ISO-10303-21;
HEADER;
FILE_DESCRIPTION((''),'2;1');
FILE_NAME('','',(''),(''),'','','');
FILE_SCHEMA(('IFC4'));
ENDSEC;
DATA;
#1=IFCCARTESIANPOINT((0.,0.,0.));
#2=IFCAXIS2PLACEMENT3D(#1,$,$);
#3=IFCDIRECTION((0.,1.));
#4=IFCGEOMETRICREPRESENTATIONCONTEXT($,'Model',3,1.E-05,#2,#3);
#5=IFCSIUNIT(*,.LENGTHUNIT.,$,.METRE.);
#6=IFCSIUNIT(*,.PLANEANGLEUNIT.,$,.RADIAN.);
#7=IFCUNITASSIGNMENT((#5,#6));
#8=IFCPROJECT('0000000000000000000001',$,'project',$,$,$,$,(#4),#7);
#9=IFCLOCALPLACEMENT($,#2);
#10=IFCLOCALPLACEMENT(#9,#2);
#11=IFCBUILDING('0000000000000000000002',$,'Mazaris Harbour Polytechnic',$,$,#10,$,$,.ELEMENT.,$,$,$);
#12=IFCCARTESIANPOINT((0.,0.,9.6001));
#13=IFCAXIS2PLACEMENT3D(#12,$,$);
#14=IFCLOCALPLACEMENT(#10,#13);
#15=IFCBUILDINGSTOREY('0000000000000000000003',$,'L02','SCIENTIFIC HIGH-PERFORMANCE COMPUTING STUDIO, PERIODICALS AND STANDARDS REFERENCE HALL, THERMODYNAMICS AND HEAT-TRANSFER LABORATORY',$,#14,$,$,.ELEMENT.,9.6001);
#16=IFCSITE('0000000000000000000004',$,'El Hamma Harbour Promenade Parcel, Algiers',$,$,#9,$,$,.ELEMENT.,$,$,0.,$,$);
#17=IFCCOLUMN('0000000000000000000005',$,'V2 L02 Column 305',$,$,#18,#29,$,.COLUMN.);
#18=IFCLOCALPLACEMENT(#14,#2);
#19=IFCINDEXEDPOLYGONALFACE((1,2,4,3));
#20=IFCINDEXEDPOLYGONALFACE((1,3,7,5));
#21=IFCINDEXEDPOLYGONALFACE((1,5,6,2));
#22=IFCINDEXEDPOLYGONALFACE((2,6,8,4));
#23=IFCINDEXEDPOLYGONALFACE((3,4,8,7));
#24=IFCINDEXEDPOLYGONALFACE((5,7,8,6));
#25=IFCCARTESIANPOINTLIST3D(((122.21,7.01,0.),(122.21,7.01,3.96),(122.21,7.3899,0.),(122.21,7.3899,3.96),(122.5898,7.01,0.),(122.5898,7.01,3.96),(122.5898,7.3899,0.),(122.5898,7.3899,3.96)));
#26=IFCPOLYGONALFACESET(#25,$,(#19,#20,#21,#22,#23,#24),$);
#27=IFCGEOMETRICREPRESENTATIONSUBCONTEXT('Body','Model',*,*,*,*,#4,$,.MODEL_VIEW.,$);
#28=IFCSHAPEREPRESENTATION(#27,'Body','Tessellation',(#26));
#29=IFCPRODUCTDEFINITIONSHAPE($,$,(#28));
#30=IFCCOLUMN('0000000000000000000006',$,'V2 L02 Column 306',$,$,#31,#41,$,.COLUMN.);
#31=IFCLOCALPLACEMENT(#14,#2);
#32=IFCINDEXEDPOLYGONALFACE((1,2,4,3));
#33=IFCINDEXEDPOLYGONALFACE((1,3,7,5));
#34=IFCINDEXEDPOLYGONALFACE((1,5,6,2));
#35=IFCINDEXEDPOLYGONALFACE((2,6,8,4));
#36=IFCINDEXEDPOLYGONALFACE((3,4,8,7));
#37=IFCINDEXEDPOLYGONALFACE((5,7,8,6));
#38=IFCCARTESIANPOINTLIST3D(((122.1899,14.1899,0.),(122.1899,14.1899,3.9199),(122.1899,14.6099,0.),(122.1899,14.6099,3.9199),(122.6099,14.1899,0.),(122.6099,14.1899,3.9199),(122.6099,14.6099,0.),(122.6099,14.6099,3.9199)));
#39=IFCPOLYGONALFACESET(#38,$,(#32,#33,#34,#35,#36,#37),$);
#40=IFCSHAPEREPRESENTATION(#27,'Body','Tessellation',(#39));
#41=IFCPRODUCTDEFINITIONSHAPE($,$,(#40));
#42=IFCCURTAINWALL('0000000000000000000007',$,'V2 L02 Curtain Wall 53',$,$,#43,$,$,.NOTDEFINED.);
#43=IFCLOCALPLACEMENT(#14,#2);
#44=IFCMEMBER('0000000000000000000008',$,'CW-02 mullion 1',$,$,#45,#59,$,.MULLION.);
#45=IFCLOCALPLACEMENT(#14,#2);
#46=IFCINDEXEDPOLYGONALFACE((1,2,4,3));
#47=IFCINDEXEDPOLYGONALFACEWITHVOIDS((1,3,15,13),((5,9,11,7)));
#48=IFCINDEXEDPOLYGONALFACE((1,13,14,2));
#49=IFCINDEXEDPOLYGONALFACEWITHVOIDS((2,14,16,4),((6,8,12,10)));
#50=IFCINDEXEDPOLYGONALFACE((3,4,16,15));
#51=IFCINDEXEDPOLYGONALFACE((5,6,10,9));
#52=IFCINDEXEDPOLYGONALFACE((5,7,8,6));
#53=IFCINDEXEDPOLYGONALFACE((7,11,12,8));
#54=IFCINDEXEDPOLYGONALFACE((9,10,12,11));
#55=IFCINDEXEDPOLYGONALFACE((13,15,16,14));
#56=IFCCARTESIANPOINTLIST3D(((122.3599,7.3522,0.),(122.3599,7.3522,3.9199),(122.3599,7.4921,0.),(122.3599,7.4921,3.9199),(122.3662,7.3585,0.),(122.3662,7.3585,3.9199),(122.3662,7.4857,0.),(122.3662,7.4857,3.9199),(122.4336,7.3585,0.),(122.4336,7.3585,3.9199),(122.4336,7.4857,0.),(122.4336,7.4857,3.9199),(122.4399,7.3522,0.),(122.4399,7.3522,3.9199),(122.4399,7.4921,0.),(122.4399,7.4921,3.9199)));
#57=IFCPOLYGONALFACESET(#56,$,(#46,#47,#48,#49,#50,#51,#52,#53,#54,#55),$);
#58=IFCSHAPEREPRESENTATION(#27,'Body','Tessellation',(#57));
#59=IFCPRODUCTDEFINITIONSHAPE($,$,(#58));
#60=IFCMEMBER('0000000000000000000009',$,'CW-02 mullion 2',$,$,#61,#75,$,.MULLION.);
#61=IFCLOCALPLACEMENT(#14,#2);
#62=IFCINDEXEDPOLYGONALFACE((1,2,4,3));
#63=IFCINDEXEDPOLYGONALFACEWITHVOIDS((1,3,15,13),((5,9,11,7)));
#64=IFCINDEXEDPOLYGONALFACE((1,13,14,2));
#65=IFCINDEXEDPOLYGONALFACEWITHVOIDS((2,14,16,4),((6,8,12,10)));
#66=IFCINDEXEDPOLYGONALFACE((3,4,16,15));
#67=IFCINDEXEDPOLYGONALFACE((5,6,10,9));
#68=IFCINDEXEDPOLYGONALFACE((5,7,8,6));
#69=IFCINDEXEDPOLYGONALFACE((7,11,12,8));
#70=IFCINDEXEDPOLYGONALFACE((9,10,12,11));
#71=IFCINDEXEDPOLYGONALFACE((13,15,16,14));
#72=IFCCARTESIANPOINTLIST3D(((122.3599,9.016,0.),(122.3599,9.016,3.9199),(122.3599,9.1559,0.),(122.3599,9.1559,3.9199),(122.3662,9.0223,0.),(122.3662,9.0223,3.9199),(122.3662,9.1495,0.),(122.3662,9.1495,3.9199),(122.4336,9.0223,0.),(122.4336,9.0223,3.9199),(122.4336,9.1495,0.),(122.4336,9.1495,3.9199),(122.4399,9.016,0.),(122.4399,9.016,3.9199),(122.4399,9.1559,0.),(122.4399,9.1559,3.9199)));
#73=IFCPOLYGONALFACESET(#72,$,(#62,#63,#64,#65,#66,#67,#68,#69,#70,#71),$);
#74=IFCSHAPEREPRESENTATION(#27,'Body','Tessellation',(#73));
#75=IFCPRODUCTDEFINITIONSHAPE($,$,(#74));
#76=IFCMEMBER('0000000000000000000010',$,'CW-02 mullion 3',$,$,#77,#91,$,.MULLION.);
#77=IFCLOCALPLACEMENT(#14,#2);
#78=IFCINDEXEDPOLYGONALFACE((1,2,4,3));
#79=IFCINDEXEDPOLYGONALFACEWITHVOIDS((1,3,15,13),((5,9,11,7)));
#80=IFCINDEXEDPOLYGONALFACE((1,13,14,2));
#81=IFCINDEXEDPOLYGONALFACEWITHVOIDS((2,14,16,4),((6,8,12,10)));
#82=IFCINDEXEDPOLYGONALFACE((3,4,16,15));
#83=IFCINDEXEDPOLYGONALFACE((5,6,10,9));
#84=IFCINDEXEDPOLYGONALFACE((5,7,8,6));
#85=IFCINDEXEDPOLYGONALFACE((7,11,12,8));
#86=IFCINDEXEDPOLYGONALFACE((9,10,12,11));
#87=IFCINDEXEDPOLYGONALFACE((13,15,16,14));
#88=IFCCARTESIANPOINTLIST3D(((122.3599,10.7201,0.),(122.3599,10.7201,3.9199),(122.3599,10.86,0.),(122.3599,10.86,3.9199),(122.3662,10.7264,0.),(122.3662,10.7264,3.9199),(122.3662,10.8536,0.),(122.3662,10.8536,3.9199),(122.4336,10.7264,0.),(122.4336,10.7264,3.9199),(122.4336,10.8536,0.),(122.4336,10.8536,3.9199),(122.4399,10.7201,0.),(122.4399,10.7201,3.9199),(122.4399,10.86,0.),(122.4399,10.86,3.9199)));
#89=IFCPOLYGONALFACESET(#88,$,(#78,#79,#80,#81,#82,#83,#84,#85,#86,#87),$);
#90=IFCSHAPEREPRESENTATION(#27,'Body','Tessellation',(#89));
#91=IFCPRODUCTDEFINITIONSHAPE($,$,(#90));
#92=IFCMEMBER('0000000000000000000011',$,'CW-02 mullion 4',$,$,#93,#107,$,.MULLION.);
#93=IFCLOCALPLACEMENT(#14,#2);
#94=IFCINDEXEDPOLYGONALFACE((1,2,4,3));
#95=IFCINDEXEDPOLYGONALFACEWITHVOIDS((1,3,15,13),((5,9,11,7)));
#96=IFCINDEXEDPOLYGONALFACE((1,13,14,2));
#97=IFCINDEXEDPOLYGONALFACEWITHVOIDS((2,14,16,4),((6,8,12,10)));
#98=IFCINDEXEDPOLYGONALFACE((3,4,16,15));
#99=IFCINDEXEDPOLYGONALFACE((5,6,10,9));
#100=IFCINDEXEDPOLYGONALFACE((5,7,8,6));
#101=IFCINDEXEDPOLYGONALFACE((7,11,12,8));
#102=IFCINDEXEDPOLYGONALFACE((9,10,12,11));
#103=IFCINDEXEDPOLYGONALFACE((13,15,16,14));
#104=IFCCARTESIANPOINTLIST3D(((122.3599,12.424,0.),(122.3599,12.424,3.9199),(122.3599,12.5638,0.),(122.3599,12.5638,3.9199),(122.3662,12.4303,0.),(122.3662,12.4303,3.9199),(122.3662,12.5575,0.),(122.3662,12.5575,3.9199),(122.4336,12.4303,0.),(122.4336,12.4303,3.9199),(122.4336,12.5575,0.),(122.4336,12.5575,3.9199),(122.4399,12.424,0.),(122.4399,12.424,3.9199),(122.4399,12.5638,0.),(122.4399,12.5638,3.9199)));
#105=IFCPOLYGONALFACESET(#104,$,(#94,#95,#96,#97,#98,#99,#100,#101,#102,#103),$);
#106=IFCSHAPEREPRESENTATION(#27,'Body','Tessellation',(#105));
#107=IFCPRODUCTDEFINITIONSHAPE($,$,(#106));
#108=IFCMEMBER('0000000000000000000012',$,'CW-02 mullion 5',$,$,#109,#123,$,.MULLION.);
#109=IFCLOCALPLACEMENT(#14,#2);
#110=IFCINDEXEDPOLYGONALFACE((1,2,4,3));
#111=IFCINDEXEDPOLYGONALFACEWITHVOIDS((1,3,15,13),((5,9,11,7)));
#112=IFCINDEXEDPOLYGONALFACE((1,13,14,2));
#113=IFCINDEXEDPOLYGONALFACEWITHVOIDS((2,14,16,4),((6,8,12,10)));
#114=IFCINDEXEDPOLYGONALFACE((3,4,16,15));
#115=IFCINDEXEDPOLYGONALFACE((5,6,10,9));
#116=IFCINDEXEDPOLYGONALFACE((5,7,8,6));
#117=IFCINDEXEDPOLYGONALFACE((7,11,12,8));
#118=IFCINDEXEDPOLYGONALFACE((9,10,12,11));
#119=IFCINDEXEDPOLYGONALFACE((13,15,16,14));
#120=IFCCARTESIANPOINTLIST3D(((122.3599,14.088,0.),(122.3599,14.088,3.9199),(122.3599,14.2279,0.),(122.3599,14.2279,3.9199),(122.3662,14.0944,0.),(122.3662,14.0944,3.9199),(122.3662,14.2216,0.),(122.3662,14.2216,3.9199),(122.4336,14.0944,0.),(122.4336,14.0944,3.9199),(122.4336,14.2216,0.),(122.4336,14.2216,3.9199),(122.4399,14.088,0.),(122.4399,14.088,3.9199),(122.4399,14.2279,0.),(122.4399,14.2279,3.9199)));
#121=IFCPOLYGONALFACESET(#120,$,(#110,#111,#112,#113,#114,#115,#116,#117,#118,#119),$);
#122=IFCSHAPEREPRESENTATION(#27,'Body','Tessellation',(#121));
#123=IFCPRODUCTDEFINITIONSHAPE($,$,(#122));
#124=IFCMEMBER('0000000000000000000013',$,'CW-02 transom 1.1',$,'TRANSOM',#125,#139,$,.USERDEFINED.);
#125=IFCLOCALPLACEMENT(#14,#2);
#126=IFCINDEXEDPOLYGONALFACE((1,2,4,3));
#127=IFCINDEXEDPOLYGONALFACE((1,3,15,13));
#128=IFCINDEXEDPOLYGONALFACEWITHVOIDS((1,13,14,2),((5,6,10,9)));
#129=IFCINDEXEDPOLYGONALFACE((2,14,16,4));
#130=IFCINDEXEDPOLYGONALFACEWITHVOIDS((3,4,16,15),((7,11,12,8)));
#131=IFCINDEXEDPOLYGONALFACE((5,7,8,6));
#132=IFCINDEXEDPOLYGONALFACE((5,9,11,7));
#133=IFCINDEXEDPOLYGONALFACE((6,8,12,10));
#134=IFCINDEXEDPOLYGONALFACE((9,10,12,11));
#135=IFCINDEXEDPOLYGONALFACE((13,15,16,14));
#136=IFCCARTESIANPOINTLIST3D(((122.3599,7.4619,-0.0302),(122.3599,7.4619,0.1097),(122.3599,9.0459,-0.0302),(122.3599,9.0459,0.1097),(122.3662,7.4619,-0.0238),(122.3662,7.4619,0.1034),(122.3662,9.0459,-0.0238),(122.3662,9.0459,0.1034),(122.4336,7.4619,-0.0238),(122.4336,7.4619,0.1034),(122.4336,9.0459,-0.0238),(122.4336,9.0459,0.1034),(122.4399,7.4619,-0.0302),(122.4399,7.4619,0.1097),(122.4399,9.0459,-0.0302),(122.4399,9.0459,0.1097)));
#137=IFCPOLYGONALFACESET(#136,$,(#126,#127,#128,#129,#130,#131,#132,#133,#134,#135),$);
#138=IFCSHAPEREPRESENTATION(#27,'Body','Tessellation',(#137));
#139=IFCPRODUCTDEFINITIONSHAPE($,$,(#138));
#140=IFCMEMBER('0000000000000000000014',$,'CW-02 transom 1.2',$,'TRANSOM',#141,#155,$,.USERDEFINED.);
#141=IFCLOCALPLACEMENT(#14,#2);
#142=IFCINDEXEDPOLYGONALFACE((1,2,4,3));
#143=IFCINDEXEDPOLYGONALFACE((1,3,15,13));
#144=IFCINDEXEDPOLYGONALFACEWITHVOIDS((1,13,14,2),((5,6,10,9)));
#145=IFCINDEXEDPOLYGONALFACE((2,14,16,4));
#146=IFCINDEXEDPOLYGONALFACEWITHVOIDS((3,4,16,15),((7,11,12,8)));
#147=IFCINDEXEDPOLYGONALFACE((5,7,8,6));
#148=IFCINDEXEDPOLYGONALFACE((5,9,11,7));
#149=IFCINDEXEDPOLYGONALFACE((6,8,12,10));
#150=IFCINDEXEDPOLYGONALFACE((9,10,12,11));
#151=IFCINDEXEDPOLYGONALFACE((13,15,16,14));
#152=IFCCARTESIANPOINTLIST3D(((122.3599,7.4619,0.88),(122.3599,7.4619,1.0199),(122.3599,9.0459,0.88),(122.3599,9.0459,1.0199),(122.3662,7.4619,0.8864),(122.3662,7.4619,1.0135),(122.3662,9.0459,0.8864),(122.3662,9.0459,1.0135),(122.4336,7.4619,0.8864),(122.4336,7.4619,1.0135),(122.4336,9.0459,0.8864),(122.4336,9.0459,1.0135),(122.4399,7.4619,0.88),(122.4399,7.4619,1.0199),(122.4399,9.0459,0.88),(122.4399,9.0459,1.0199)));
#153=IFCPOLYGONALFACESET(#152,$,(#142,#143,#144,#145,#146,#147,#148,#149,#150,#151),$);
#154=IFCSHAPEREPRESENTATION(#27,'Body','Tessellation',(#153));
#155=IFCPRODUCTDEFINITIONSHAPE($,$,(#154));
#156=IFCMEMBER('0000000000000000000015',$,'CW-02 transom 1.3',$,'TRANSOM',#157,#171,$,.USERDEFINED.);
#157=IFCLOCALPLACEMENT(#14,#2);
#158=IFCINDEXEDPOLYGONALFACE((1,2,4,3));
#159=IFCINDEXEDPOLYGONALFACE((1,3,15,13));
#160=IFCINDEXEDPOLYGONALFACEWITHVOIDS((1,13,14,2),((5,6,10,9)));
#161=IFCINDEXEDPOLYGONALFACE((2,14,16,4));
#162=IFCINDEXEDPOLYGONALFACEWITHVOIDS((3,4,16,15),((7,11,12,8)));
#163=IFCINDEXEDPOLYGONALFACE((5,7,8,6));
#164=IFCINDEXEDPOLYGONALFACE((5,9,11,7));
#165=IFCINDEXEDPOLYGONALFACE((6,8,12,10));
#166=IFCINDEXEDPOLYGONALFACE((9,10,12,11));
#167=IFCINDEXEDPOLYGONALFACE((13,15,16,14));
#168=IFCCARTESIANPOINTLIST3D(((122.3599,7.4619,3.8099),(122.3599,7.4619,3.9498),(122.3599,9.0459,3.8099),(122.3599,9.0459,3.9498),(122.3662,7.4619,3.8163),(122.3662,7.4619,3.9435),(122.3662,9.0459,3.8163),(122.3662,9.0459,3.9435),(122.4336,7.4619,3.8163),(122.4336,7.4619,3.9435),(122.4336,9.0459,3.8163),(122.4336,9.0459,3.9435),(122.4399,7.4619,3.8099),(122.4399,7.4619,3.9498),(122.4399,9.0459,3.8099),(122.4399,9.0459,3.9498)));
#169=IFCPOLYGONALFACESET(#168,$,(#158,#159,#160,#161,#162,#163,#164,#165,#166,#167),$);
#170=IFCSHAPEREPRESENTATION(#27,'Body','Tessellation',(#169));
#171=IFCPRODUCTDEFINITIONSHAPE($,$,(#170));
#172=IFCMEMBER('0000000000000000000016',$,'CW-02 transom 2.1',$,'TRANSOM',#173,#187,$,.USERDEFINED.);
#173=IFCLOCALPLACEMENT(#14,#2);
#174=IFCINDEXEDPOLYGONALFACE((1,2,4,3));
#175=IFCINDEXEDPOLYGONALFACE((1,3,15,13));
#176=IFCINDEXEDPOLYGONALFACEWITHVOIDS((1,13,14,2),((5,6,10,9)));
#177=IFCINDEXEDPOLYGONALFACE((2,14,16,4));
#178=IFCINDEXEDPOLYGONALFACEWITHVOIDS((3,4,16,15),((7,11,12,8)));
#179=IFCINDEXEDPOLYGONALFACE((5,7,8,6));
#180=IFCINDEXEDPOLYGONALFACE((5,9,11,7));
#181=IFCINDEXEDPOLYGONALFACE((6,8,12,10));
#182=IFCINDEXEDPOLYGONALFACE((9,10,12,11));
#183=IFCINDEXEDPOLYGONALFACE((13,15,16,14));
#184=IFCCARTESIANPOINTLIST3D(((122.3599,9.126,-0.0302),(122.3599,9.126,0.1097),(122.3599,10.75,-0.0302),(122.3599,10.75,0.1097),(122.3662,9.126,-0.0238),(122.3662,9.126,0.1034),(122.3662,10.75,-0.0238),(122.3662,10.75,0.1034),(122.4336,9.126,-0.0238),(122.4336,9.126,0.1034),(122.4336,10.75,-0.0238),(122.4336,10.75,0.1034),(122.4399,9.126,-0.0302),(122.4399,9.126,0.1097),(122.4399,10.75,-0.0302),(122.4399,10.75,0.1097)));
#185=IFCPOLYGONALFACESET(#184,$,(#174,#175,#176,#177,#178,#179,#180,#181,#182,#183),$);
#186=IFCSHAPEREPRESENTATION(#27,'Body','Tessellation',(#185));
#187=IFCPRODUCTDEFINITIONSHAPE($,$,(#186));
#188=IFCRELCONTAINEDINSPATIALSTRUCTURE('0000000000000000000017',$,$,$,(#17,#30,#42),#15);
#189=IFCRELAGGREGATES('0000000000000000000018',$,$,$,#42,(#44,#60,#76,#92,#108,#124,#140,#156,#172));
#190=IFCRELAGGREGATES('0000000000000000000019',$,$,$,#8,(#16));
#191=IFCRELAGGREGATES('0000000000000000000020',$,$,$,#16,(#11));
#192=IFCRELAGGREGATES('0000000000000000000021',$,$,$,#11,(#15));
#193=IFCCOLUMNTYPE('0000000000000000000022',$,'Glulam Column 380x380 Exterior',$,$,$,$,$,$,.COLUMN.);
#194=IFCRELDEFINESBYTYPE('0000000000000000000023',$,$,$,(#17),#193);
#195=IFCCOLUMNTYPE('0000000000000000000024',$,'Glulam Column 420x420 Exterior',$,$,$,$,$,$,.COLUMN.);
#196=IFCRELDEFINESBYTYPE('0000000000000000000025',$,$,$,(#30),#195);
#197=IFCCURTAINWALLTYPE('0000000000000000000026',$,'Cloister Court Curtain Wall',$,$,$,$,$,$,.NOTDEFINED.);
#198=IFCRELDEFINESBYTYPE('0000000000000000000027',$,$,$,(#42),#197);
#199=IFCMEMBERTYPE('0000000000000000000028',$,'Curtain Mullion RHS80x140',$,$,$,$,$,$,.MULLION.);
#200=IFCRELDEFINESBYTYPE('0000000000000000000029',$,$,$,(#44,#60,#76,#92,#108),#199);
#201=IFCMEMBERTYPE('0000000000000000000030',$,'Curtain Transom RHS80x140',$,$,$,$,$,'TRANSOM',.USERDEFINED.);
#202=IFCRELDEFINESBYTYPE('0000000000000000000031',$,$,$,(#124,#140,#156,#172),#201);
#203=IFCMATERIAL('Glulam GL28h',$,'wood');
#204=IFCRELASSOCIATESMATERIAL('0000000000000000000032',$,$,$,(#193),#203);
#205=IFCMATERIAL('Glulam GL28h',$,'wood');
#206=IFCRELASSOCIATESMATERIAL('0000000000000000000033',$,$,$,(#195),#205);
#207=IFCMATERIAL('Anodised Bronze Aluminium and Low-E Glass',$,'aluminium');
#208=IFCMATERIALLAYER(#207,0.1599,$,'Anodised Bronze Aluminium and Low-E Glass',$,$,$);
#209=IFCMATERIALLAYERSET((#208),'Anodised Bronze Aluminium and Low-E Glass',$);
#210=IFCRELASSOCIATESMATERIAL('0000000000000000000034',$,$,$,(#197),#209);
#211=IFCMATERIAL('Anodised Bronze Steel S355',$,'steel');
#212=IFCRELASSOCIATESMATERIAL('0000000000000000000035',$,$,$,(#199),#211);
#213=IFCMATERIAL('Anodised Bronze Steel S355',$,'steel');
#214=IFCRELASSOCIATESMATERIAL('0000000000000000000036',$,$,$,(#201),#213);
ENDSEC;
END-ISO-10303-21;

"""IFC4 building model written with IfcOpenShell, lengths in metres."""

from ifc_helpers import new_model, si_unit, direction, frame, origin, origin_2d, place, context, subcontext, project, spatial, rectangle, hollow_rectangle, extrude, material, layer, layer_set, material_profile, profile_set, type_object, element, aggregate, save


model = new_model("IFC4")

# Units and contexts
model_context = context("Model", 3, precision=1e-05, world=origin(), true_north=direction((0.0, 1.0)))
body_context = subcontext(model_context, "Body", "Model", "MODEL_VIEW")
ifc_project = project(units=[si_unit("LENGTHUNIT", "METRE"), si_unit("PLANEANGLEUNIT", "RADIAN")], contexts=[model_context])

# Site, building, storey
site_placement = place(None, origin())
site = spatial("IfcSite", under=ifc_project, at=site_placement, Name="El Hamma Harbour Promenade Parcel, Algiers", CompositionType="ELEMENT", RefElevation=0.0)
building_placement = place(site_placement, origin())
building = spatial("IfcBuilding", under=site, at=building_placement, Name="Mazaris Harbour Polytechnic", CompositionType="ELEMENT")
storey_placement = place(building_placement, frame((0.0, 0.0, 9.6001)))
storey = spatial("IfcBuildingStorey", under=building, at=storey_placement, Name="L02", Description="SCIENTIFIC HIGH-PERFORMANCE COMPUTING STUDIO, PERIODICALS AND STANDARDS REFERENCE HALL, THERMODYNAMICS AND HEAT-TRANSFER LABORATORY", CompositionType="ELEMENT", Elevation=9.6001)

# Columns
ifc_material_1 = material(Name="Glulam GL28h", Category="wood")
ifc_material_profile_1 = material_profile(ifc_material_1, rectangle(XDim=0.3799, YDim=0.3799, at=origin_2d()), Name="RECT380x380")
ifc_profile_set_1 = profile_set([ifc_material_profile_1], Name="Glulam GL28h")
column_type_1 = type_object("IfcColumnType", Name="Glulam Column 380x380 Exterior", PredefinedType="COLUMN", material=ifc_profile_set_1)
column_1_placement = place(storey_placement, frame((122.3999, 7.2, 0.0), z_axis=(0.0, 0.0, 1.0), x_axis=(1.0, 0.0, 0.0)))
element("IfcColumn", 1, at=column_1_placement, inside=storey, type_object=column_type_1, Name="V2 L02 Column 305", PredefinedType="COLUMN", context=body_context, shape_type="SweptSolid", body=[
    extrude(rectangle(XDim=0.3799, YDim=0.3799, at=origin_2d()), origin(), (0.0, 0.0, 1.0), 3.96),
])
ifc_material_2 = material(Name="Glulam GL28h", Category="wood")
ifc_material_profile_2 = material_profile(ifc_material_2, rectangle(XDim=0.4199, YDim=0.4199, at=origin_2d()), Name="RECT420x420")
ifc_profile_set_2 = profile_set([ifc_material_profile_2], Name="Glulam GL28h")
column_type_2 = type_object("IfcColumnType", Name="Glulam Column 420x420 Exterior", PredefinedType="COLUMN", material=ifc_profile_set_2)
column_2_placement = place(storey_placement, frame((122.3999, 14.3999, 0.0), z_axis=(0.0, 0.0, 1.0), x_axis=(1.0, 0.0, 0.0)))
element("IfcColumn", 2, at=column_2_placement, inside=storey, type_object=column_type_2, Name="V2 L02 Column 306", PredefinedType="COLUMN", context=body_context, shape_type="SweptSolid", body=[
    extrude(rectangle(XDim=0.4199, YDim=0.4199, at=origin_2d()), origin(), (0.0, 0.0, 1.0), 3.9199),
])

# Curtain wall, members
ifc_material_3 = material(Name="Anodised Bronze Aluminium and Low-E Glass", Category="aluminium")
ifc_layer_1 = layer(ifc_material_3, 0.1599, Name="Anodised Bronze Aluminium and Low-E Glass")
ifc_layer_set_1 = layer_set([ifc_layer_1], Name="Anodised Bronze Aluminium and Low-E Glass")
curtain_wall_type = type_object("IfcCurtainWallType", Name="Cloister Court Curtain Wall", PredefinedType="NOTDEFINED", material=ifc_layer_set_1)
curtain_wall_placement = place(storey_placement, origin())
curtain_wall = element("IfcCurtainWall", 3, at=curtain_wall_placement, inside=storey, type_object=curtain_wall_type, Name="V2 L02 Curtain Wall 53", PredefinedType="NOTDEFINED")
ifc_material_4 = material(Name="Anodised Bronze Steel S355", Category="steel")
ifc_material_profile_3 = material_profile(ifc_material_4, hollow_rectangle(XDim=0.0801, YDim=0.1399, WallThickness=0.0063, at=origin_2d()), Name="RHS 80x140x6.3")
ifc_profile_set_3 = profile_set([ifc_material_profile_3], Name="Anodised Bronze Steel S355")
member_type_1 = type_object("IfcMemberType", Name="Curtain Mullion RHS80x140", PredefinedType="MULLION", material=ifc_profile_set_3)
member_1_placement = place(storey_placement, frame((122.3999, 7.4221, 0.0), z_axis=(0.0, 0.0, 1.0), x_axis=(-1.0, 0.0, 0.0)))
member_1 = element("IfcMember", 4, at=member_1_placement, type_object=member_type_1, Name="CW-02 mullion 1", PredefinedType="MULLION", context=body_context, shape_type="SweptSolid", body=[
    extrude(hollow_rectangle(XDim=0.0801, YDim=0.1399, WallThickness=0.0063, at=origin_2d()), origin(), (0.0, 0.0, 1.0), 3.9199),
])
member_2_placement = place(storey_placement, frame((122.3999, 9.0859, 0.0), z_axis=(0.0, 0.0, 1.0), x_axis=(-1.0, 0.0, 0.0)))
member_2 = element("IfcMember", 5, at=member_2_placement, type_object=member_type_1, Name="CW-02 mullion 2", PredefinedType="MULLION", context=body_context, shape_type="SweptSolid", body=[
    extrude(hollow_rectangle(XDim=0.0801, YDim=0.1399, WallThickness=0.0063, at=origin_2d()), origin(), (0.0, 0.0, 1.0), 3.9199),
])
member_3_placement = place(storey_placement, frame((122.3999, 10.79, 0.0), z_axis=(0.0, 0.0, 1.0), x_axis=(-1.0, 0.0, 0.0)))
member_3 = element("IfcMember", 6, at=member_3_placement, type_object=member_type_1, Name="CW-02 mullion 3", PredefinedType="MULLION", context=body_context, shape_type="SweptSolid", body=[
    extrude(hollow_rectangle(XDim=0.0801, YDim=0.1399, WallThickness=0.0063, at=origin_2d()), origin(), (0.0, 0.0, 1.0), 3.9199),
])
member_4_placement = place(storey_placement, frame((122.3999, 12.4939, 0.0), z_axis=(0.0, 0.0, 1.0), x_axis=(-1.0, 0.0, 0.0)))
member_4 = element("IfcMember", 7, at=member_4_placement, type_object=member_type_1, Name="CW-02 mullion 4", PredefinedType="MULLION", context=body_context, shape_type="SweptSolid", body=[
    extrude(hollow_rectangle(XDim=0.0801, YDim=0.1399, WallThickness=0.0063, at=origin_2d()), origin(), (0.0, 0.0, 1.0), 3.9199),
])
member_5_placement = place(storey_placement, frame((122.3999, 14.158, 0.0), z_axis=(0.0, 0.0, 1.0), x_axis=(-1.0, 0.0, 0.0)))
member_5 = element("IfcMember", 8, at=member_5_placement, type_object=member_type_1, Name="CW-02 mullion 5", PredefinedType="MULLION", context=body_context, shape_type="SweptSolid", body=[
    extrude(hollow_rectangle(XDim=0.0801, YDim=0.1399, WallThickness=0.0063, at=origin_2d()), origin(), (0.0, 0.0, 1.0), 3.9199),
])
ifc_material_5 = material(Name="Anodised Bronze Steel S355", Category="steel")
ifc_material_profile_4 = material_profile(ifc_material_5, hollow_rectangle(XDim=0.0801, YDim=0.1399, WallThickness=0.0063, at=origin_2d()), Name="RHS 80x140x6.3")
ifc_profile_set_4 = profile_set([ifc_material_profile_4], Name="Anodised Bronze Steel S355")
member_type_2 = type_object("IfcMemberType", Name="Curtain Transom RHS80x140", ElementType="TRANSOM", PredefinedType="USERDEFINED", material=ifc_profile_set_4)
member_6_placement = place(storey_placement, frame((122.3999, 7.4619, 0.0398), z_axis=(0.0, 1.0, 0.0), x_axis=(-1.0, 0.0, 0.0)))
member_6 = element("IfcMember", 9, at=member_6_placement, type_object=member_type_2, Name="CW-02 transom 1.1", ObjectType="TRANSOM", PredefinedType="USERDEFINED", context=body_context, shape_type="SweptSolid", body=[
    extrude(hollow_rectangle(XDim=0.0801, YDim=0.1399, WallThickness=0.0063, at=origin_2d()), origin(), (0.0, 0.0, 1.0), 1.584),
])
member_7_placement = place(storey_placement, frame((122.3999, 7.4619, 0.95), z_axis=(0.0, 1.0, 0.0), x_axis=(-1.0, 0.0, 0.0)))
member_7 = element("IfcMember", 10, at=member_7_placement, type_object=member_type_2, Name="CW-02 transom 1.2", ObjectType="TRANSOM", PredefinedType="USERDEFINED", context=body_context, shape_type="SweptSolid", body=[
    extrude(hollow_rectangle(XDim=0.0801, YDim=0.1399, WallThickness=0.0063, at=origin_2d()), origin(), (0.0, 0.0, 1.0), 1.584),
])
member_8_placement = place(storey_placement, frame((122.3999, 7.4619, 3.8799), z_axis=(0.0, 1.0, 0.0), x_axis=(-1.0, 0.0, 0.0)))
member_8 = element("IfcMember", 11, at=member_8_placement, type_object=member_type_2, Name="CW-02 transom 1.3", ObjectType="TRANSOM", PredefinedType="USERDEFINED", context=body_context, shape_type="SweptSolid", body=[
    extrude(hollow_rectangle(XDim=0.0801, YDim=0.1399, WallThickness=0.0063, at=origin_2d()), origin(), (0.0, 0.0, 1.0), 1.584),
])
member_9_placement = place(storey_placement, frame((122.3999, 9.126, 0.0398), z_axis=(0.0, 1.0, 0.0), x_axis=(-1.0, 0.0, 0.0)))
member_9 = element("IfcMember", 12, at=member_9_placement, type_object=member_type_2, Name="CW-02 transom 2.1", ObjectType="TRANSOM", PredefinedType="USERDEFINED", context=body_context, shape_type="SweptSolid", body=[
    extrude(hollow_rectangle(XDim=0.0801, YDim=0.1399, WallThickness=0.0063, at=origin_2d()), origin(), (0.0, 0.0, 1.0), 1.624),
])

aggregate(curtain_wall, [member_1, member_2, member_3, member_4, member_5, member_6, member_7, member_8, member_9])

save(model, "model.ifc")
